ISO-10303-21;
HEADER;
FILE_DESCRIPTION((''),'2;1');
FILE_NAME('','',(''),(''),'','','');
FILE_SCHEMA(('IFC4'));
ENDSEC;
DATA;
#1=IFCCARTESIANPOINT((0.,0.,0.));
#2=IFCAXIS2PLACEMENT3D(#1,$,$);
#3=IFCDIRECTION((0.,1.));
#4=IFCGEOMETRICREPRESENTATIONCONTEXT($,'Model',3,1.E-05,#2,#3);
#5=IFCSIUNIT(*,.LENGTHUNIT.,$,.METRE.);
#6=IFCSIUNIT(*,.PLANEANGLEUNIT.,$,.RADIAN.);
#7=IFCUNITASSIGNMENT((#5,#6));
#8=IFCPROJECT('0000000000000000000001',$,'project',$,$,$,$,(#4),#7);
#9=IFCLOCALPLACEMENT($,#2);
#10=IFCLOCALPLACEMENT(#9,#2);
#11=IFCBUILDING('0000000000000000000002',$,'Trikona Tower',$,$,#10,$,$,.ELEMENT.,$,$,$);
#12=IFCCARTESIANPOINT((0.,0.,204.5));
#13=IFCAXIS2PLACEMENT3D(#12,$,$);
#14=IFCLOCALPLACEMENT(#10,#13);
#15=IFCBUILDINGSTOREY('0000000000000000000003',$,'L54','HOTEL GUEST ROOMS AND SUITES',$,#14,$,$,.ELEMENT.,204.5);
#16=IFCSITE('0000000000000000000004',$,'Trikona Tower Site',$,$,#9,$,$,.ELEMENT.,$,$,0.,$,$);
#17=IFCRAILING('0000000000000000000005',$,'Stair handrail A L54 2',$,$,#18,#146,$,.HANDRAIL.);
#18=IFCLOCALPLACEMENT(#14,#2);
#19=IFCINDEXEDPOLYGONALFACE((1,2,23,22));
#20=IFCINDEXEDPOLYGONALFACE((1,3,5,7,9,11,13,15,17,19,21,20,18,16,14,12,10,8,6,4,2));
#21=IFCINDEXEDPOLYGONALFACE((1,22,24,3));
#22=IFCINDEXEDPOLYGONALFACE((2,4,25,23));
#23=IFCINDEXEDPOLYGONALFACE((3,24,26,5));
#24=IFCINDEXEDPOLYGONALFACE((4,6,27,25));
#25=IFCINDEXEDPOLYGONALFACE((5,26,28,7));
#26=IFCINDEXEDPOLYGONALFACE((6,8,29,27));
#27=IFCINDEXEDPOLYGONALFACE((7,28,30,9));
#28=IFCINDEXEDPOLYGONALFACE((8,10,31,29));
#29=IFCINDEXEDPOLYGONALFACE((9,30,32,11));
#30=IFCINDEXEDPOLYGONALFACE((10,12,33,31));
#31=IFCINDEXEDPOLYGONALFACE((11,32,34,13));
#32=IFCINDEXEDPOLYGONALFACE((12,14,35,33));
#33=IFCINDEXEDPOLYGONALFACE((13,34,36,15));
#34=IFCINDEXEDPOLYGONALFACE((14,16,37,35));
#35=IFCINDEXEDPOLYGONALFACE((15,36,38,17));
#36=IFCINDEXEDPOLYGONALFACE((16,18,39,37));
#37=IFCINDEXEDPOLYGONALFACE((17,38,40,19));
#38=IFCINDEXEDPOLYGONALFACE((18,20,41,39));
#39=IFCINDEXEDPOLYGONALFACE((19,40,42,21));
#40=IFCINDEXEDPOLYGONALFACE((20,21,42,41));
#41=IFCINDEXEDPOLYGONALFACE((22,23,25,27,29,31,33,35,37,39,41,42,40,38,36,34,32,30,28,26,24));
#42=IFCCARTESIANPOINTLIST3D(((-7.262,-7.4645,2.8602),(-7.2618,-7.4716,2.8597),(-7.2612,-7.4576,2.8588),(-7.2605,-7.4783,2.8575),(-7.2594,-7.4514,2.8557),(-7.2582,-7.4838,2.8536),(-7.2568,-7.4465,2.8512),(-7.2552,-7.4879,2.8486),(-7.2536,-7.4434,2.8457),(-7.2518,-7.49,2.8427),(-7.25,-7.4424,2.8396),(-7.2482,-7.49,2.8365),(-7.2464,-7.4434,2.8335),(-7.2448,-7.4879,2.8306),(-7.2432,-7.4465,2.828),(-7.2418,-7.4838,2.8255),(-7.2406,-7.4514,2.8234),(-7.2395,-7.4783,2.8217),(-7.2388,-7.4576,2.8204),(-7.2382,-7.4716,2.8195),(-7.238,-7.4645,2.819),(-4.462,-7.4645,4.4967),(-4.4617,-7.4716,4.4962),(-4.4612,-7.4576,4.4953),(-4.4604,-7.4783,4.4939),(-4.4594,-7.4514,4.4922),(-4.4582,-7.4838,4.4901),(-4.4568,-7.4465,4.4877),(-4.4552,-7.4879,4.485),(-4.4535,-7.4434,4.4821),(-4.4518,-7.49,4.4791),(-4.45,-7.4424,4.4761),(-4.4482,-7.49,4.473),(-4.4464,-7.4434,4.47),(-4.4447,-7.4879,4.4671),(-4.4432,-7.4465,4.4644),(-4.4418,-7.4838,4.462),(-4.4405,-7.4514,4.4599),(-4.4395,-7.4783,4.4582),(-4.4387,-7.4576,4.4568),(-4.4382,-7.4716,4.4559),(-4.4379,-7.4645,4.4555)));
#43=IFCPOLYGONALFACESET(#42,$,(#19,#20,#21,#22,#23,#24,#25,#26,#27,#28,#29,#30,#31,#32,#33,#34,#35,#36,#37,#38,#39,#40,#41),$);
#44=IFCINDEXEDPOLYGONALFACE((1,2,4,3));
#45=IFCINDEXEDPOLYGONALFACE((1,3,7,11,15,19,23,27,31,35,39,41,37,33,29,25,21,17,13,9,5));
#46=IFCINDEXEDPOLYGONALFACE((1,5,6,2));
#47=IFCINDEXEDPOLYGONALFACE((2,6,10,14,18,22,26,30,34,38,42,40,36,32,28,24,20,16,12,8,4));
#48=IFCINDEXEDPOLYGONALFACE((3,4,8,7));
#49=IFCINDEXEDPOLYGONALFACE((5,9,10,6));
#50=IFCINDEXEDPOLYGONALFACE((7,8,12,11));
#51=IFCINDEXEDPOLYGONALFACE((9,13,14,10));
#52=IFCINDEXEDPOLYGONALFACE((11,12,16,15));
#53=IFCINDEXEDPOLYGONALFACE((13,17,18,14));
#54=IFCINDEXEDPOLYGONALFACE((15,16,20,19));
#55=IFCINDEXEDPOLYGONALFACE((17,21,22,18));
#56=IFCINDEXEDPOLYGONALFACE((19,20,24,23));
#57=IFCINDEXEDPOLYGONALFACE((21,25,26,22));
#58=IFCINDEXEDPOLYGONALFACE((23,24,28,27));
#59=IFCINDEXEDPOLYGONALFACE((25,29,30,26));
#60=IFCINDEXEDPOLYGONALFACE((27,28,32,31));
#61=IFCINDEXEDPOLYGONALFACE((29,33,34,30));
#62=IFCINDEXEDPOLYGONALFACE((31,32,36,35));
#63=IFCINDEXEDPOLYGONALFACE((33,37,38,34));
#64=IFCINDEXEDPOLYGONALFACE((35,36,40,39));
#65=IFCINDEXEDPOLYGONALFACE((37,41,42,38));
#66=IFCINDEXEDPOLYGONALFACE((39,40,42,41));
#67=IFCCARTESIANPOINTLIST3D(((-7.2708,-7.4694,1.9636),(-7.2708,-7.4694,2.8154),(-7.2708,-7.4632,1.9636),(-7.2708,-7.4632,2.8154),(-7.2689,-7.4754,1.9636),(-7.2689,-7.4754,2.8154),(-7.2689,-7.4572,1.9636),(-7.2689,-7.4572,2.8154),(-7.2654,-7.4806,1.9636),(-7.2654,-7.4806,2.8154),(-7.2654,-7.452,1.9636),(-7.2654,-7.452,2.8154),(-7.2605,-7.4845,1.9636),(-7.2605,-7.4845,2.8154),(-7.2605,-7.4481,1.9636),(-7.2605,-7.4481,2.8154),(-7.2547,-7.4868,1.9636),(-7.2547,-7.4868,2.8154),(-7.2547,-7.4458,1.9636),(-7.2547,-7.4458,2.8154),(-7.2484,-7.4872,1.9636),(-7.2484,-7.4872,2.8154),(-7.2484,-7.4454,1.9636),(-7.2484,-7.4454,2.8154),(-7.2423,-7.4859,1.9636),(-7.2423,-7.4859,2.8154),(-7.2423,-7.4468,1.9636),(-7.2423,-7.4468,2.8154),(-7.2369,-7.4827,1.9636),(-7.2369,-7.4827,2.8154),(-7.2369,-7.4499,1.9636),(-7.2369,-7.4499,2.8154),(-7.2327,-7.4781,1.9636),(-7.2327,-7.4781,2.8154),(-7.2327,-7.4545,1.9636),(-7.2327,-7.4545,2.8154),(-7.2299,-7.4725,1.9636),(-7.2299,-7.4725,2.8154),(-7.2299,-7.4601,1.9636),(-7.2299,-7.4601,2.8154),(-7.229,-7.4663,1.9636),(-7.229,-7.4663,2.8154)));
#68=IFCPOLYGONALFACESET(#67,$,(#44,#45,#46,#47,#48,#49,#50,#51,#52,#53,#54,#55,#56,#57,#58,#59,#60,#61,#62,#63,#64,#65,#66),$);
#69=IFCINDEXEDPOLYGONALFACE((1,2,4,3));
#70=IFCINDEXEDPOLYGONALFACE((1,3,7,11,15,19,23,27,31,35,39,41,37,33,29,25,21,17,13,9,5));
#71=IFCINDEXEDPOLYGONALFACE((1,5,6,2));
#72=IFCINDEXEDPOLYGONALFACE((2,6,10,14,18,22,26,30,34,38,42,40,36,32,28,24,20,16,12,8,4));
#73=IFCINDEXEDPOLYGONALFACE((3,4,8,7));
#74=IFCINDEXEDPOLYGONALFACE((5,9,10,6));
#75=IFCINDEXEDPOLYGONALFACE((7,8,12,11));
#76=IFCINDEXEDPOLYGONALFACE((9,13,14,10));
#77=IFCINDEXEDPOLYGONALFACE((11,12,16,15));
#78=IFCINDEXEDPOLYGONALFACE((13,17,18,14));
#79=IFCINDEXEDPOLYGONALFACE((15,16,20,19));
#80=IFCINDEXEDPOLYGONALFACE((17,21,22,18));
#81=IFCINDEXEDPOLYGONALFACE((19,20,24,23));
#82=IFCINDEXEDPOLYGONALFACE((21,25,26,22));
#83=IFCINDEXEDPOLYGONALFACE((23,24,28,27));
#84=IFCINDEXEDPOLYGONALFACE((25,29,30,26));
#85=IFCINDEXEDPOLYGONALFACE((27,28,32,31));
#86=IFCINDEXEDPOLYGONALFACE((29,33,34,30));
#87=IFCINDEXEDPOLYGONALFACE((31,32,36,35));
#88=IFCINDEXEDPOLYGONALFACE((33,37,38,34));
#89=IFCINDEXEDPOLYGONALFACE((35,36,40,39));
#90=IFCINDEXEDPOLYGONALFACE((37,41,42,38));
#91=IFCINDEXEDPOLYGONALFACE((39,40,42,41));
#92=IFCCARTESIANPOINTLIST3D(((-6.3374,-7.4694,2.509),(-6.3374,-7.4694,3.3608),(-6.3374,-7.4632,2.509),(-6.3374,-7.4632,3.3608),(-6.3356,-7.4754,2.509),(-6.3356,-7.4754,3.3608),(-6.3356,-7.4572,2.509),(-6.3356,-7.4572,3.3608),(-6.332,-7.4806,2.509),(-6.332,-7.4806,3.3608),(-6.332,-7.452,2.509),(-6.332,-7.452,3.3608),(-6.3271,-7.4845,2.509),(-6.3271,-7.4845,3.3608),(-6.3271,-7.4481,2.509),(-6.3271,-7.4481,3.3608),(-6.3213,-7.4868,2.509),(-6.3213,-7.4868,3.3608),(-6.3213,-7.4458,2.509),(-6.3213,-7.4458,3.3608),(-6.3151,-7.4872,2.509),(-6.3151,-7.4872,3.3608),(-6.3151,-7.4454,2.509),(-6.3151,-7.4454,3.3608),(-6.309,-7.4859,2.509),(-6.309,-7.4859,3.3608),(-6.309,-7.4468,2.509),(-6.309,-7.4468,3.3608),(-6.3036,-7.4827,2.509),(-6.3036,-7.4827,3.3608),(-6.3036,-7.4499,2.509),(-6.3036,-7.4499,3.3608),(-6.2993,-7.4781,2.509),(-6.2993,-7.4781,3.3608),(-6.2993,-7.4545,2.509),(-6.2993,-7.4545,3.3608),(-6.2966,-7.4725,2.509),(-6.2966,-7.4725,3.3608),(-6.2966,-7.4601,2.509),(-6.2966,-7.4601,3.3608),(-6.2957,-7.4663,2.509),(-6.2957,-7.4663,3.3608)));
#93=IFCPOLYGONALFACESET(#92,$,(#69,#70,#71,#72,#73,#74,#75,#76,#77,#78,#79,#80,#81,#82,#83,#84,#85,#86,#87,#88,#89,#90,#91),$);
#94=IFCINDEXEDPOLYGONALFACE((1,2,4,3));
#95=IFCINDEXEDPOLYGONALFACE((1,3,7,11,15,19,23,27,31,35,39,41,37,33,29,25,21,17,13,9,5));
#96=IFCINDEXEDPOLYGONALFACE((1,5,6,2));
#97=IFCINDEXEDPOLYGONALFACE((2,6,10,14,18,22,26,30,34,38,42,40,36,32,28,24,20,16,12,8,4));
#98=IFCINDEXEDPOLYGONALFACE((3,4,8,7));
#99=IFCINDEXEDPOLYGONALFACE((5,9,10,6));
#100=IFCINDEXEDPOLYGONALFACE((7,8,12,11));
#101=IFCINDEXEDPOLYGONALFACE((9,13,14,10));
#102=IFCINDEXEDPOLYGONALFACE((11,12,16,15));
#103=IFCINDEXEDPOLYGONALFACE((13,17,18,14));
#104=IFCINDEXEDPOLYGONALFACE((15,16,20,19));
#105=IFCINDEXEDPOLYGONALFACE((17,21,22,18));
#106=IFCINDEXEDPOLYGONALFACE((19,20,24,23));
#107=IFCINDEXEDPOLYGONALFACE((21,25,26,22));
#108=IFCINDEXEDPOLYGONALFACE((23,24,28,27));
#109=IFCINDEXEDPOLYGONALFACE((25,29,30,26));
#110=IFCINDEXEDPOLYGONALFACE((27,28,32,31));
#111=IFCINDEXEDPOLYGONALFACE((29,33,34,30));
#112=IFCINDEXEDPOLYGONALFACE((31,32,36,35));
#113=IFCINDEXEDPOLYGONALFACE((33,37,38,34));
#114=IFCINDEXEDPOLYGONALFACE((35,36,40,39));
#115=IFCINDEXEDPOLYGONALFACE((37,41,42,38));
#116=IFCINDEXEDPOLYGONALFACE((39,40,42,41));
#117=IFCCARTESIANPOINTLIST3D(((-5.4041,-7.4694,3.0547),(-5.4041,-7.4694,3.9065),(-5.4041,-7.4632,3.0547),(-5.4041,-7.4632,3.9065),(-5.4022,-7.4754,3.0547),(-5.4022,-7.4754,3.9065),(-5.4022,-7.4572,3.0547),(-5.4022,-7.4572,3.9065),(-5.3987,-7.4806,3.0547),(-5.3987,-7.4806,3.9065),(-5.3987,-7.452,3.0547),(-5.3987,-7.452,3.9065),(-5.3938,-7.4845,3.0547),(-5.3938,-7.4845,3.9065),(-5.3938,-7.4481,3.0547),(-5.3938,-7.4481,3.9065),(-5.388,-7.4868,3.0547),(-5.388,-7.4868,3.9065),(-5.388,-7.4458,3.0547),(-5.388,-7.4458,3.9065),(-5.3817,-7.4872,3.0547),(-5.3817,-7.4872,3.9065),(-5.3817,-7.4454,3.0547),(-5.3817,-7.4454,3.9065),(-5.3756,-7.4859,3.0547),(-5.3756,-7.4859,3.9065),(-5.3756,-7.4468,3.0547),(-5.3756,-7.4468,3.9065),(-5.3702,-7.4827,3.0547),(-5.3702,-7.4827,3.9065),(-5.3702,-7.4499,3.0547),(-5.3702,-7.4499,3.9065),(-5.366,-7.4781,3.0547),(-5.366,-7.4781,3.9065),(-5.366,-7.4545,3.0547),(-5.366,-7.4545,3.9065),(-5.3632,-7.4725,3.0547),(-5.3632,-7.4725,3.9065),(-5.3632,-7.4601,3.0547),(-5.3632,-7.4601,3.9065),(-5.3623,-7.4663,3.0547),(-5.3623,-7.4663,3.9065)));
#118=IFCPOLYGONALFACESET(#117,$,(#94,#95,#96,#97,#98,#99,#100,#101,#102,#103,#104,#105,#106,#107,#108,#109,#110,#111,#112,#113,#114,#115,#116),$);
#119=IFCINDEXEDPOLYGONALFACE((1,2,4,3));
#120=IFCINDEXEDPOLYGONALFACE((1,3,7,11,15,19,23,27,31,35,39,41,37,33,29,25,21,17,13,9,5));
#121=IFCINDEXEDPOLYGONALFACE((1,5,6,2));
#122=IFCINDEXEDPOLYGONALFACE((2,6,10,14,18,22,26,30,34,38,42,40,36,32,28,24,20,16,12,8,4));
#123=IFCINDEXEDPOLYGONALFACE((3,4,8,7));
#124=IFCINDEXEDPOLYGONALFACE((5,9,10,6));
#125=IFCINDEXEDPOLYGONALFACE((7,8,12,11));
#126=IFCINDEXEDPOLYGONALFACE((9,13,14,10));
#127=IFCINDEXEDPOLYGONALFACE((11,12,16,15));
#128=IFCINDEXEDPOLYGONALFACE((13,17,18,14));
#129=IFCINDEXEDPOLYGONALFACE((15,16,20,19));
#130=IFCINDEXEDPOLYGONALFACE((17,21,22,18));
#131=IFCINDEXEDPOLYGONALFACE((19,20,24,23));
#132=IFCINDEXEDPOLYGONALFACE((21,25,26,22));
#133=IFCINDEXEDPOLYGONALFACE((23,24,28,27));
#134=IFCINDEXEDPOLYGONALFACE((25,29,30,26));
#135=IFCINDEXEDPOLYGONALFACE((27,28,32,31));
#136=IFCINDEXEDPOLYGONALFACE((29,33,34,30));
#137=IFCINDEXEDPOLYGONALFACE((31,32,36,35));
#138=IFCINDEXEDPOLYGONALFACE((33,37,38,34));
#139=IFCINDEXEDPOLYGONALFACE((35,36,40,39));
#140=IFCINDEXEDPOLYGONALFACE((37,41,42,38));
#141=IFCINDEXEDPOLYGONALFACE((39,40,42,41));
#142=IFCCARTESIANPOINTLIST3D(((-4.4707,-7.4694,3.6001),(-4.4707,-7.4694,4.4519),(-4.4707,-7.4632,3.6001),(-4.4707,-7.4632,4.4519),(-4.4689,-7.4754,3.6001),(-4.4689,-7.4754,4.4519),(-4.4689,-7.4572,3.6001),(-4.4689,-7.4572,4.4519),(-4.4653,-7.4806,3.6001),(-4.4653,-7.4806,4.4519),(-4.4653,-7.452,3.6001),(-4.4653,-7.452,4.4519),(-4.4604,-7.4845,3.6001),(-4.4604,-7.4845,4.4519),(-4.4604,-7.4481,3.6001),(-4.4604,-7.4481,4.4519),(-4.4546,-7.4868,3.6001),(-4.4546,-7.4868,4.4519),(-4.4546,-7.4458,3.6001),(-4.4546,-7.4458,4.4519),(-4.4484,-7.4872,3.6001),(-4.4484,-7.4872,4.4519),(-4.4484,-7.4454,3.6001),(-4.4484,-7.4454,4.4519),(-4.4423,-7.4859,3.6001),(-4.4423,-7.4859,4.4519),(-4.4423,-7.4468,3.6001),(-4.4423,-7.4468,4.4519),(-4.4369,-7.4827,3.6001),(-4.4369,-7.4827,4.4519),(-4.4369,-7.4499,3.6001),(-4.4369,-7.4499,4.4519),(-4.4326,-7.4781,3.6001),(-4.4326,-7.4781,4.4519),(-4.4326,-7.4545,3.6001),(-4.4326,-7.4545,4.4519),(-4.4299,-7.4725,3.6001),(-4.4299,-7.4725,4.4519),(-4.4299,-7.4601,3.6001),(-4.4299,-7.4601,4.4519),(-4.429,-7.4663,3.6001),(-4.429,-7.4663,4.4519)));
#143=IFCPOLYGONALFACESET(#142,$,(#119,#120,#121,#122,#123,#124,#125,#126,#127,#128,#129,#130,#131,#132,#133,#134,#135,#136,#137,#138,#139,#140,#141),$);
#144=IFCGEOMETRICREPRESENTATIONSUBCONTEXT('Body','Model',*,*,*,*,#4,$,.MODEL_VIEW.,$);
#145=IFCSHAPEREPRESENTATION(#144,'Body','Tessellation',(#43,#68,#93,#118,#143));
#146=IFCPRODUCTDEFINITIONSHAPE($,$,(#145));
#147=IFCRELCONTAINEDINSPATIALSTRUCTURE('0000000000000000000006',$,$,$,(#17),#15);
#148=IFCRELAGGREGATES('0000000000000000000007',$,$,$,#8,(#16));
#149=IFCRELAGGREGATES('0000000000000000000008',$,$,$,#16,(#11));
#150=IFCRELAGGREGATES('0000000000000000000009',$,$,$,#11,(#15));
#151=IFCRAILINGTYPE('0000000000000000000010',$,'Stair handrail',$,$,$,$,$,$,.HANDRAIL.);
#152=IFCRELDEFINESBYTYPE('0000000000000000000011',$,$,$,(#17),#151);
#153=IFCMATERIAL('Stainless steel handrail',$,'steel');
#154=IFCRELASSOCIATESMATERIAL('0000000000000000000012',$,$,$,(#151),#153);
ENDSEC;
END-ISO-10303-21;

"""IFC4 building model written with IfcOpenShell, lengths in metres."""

from ifc_helpers import new_model, si_unit, direction, frame, origin, origin_2d, place, context, subcontext, project, spatial, circle, extrude, material, type_object, element, save


model = new_model("IFC4")

# Units and contexts
model_context = context("Model", 3, precision=1e-05, world=origin(), true_north=direction((0.0, 1.0)))
body_context = subcontext(model_context, "Body", "Model", "MODEL_VIEW")
ifc_project = project(units=[si_unit("LENGTHUNIT", "METRE"), si_unit("PLANEANGLEUNIT", "RADIAN")], contexts=[model_context])

# Site, building, storey
site_placement = place(None, origin())
site = spatial("IfcSite", under=ifc_project, at=site_placement, Name="Trikona Tower Site", CompositionType="ELEMENT", RefElevation=0.0)
building_placement = place(site_placement, origin())
building = spatial("IfcBuilding", under=site, at=building_placement, Name="Trikona Tower", CompositionType="ELEMENT")
storey_placement = place(building_placement, frame((0.0, 0.0, 204.5)))
storey = spatial("IfcBuildingStorey", under=building, at=storey_placement, Name="L54", Description="HOTEL GUEST ROOMS AND SUITES", CompositionType="ELEMENT", Elevation=204.5)

# Railing
ifc_material_1 = material(Name="Stainless steel handrail", Category="steel")
railing_type = type_object("IfcRailingType", Name="Stair handrail", PredefinedType="HANDRAIL", material=ifc_material_1)
railing_1_placement = place(storey_placement, frame((-7.25, -7.4663, 1.9636)))
element("IfcRailing", 1, at=railing_1_placement, inside=storey, type_object=railing_type, Name="Stair handrail A L54 2", PredefinedType="HANDRAIL", context=body_context, shape_type="SweptSolid", body=[
    extrude(circle(Radius=0.0239, at=origin_2d()), frame((0.0, 0.0, 0.876), z_axis=(0.863361, 0.0, 0.504587), x_axis=(0.0, 1.0, 0.0)), (0.0, 0.0, 1.0), 3.2432),
    extrude(circle(Radius=0.021, at=origin_2d()), origin(), (0.0, 0.0, 1.0), 0.8518),
    extrude(circle(Radius=0.021, at=origin_2d()), frame((0.9333, 0.0, 0.5454)), (0.0, 0.0, 1.0), 0.8518),
    extrude(circle(Radius=0.021, at=origin_2d()), frame((1.8667, 0.0, 1.0911)), (0.0, 0.0, 1.0), 0.8518),
    extrude(circle(Radius=0.021, at=origin_2d()), frame((2.8, 0.0, 1.6365)), (0.0, 0.0, 1.0), 0.8518),
])

save(model, "model.ifc")
